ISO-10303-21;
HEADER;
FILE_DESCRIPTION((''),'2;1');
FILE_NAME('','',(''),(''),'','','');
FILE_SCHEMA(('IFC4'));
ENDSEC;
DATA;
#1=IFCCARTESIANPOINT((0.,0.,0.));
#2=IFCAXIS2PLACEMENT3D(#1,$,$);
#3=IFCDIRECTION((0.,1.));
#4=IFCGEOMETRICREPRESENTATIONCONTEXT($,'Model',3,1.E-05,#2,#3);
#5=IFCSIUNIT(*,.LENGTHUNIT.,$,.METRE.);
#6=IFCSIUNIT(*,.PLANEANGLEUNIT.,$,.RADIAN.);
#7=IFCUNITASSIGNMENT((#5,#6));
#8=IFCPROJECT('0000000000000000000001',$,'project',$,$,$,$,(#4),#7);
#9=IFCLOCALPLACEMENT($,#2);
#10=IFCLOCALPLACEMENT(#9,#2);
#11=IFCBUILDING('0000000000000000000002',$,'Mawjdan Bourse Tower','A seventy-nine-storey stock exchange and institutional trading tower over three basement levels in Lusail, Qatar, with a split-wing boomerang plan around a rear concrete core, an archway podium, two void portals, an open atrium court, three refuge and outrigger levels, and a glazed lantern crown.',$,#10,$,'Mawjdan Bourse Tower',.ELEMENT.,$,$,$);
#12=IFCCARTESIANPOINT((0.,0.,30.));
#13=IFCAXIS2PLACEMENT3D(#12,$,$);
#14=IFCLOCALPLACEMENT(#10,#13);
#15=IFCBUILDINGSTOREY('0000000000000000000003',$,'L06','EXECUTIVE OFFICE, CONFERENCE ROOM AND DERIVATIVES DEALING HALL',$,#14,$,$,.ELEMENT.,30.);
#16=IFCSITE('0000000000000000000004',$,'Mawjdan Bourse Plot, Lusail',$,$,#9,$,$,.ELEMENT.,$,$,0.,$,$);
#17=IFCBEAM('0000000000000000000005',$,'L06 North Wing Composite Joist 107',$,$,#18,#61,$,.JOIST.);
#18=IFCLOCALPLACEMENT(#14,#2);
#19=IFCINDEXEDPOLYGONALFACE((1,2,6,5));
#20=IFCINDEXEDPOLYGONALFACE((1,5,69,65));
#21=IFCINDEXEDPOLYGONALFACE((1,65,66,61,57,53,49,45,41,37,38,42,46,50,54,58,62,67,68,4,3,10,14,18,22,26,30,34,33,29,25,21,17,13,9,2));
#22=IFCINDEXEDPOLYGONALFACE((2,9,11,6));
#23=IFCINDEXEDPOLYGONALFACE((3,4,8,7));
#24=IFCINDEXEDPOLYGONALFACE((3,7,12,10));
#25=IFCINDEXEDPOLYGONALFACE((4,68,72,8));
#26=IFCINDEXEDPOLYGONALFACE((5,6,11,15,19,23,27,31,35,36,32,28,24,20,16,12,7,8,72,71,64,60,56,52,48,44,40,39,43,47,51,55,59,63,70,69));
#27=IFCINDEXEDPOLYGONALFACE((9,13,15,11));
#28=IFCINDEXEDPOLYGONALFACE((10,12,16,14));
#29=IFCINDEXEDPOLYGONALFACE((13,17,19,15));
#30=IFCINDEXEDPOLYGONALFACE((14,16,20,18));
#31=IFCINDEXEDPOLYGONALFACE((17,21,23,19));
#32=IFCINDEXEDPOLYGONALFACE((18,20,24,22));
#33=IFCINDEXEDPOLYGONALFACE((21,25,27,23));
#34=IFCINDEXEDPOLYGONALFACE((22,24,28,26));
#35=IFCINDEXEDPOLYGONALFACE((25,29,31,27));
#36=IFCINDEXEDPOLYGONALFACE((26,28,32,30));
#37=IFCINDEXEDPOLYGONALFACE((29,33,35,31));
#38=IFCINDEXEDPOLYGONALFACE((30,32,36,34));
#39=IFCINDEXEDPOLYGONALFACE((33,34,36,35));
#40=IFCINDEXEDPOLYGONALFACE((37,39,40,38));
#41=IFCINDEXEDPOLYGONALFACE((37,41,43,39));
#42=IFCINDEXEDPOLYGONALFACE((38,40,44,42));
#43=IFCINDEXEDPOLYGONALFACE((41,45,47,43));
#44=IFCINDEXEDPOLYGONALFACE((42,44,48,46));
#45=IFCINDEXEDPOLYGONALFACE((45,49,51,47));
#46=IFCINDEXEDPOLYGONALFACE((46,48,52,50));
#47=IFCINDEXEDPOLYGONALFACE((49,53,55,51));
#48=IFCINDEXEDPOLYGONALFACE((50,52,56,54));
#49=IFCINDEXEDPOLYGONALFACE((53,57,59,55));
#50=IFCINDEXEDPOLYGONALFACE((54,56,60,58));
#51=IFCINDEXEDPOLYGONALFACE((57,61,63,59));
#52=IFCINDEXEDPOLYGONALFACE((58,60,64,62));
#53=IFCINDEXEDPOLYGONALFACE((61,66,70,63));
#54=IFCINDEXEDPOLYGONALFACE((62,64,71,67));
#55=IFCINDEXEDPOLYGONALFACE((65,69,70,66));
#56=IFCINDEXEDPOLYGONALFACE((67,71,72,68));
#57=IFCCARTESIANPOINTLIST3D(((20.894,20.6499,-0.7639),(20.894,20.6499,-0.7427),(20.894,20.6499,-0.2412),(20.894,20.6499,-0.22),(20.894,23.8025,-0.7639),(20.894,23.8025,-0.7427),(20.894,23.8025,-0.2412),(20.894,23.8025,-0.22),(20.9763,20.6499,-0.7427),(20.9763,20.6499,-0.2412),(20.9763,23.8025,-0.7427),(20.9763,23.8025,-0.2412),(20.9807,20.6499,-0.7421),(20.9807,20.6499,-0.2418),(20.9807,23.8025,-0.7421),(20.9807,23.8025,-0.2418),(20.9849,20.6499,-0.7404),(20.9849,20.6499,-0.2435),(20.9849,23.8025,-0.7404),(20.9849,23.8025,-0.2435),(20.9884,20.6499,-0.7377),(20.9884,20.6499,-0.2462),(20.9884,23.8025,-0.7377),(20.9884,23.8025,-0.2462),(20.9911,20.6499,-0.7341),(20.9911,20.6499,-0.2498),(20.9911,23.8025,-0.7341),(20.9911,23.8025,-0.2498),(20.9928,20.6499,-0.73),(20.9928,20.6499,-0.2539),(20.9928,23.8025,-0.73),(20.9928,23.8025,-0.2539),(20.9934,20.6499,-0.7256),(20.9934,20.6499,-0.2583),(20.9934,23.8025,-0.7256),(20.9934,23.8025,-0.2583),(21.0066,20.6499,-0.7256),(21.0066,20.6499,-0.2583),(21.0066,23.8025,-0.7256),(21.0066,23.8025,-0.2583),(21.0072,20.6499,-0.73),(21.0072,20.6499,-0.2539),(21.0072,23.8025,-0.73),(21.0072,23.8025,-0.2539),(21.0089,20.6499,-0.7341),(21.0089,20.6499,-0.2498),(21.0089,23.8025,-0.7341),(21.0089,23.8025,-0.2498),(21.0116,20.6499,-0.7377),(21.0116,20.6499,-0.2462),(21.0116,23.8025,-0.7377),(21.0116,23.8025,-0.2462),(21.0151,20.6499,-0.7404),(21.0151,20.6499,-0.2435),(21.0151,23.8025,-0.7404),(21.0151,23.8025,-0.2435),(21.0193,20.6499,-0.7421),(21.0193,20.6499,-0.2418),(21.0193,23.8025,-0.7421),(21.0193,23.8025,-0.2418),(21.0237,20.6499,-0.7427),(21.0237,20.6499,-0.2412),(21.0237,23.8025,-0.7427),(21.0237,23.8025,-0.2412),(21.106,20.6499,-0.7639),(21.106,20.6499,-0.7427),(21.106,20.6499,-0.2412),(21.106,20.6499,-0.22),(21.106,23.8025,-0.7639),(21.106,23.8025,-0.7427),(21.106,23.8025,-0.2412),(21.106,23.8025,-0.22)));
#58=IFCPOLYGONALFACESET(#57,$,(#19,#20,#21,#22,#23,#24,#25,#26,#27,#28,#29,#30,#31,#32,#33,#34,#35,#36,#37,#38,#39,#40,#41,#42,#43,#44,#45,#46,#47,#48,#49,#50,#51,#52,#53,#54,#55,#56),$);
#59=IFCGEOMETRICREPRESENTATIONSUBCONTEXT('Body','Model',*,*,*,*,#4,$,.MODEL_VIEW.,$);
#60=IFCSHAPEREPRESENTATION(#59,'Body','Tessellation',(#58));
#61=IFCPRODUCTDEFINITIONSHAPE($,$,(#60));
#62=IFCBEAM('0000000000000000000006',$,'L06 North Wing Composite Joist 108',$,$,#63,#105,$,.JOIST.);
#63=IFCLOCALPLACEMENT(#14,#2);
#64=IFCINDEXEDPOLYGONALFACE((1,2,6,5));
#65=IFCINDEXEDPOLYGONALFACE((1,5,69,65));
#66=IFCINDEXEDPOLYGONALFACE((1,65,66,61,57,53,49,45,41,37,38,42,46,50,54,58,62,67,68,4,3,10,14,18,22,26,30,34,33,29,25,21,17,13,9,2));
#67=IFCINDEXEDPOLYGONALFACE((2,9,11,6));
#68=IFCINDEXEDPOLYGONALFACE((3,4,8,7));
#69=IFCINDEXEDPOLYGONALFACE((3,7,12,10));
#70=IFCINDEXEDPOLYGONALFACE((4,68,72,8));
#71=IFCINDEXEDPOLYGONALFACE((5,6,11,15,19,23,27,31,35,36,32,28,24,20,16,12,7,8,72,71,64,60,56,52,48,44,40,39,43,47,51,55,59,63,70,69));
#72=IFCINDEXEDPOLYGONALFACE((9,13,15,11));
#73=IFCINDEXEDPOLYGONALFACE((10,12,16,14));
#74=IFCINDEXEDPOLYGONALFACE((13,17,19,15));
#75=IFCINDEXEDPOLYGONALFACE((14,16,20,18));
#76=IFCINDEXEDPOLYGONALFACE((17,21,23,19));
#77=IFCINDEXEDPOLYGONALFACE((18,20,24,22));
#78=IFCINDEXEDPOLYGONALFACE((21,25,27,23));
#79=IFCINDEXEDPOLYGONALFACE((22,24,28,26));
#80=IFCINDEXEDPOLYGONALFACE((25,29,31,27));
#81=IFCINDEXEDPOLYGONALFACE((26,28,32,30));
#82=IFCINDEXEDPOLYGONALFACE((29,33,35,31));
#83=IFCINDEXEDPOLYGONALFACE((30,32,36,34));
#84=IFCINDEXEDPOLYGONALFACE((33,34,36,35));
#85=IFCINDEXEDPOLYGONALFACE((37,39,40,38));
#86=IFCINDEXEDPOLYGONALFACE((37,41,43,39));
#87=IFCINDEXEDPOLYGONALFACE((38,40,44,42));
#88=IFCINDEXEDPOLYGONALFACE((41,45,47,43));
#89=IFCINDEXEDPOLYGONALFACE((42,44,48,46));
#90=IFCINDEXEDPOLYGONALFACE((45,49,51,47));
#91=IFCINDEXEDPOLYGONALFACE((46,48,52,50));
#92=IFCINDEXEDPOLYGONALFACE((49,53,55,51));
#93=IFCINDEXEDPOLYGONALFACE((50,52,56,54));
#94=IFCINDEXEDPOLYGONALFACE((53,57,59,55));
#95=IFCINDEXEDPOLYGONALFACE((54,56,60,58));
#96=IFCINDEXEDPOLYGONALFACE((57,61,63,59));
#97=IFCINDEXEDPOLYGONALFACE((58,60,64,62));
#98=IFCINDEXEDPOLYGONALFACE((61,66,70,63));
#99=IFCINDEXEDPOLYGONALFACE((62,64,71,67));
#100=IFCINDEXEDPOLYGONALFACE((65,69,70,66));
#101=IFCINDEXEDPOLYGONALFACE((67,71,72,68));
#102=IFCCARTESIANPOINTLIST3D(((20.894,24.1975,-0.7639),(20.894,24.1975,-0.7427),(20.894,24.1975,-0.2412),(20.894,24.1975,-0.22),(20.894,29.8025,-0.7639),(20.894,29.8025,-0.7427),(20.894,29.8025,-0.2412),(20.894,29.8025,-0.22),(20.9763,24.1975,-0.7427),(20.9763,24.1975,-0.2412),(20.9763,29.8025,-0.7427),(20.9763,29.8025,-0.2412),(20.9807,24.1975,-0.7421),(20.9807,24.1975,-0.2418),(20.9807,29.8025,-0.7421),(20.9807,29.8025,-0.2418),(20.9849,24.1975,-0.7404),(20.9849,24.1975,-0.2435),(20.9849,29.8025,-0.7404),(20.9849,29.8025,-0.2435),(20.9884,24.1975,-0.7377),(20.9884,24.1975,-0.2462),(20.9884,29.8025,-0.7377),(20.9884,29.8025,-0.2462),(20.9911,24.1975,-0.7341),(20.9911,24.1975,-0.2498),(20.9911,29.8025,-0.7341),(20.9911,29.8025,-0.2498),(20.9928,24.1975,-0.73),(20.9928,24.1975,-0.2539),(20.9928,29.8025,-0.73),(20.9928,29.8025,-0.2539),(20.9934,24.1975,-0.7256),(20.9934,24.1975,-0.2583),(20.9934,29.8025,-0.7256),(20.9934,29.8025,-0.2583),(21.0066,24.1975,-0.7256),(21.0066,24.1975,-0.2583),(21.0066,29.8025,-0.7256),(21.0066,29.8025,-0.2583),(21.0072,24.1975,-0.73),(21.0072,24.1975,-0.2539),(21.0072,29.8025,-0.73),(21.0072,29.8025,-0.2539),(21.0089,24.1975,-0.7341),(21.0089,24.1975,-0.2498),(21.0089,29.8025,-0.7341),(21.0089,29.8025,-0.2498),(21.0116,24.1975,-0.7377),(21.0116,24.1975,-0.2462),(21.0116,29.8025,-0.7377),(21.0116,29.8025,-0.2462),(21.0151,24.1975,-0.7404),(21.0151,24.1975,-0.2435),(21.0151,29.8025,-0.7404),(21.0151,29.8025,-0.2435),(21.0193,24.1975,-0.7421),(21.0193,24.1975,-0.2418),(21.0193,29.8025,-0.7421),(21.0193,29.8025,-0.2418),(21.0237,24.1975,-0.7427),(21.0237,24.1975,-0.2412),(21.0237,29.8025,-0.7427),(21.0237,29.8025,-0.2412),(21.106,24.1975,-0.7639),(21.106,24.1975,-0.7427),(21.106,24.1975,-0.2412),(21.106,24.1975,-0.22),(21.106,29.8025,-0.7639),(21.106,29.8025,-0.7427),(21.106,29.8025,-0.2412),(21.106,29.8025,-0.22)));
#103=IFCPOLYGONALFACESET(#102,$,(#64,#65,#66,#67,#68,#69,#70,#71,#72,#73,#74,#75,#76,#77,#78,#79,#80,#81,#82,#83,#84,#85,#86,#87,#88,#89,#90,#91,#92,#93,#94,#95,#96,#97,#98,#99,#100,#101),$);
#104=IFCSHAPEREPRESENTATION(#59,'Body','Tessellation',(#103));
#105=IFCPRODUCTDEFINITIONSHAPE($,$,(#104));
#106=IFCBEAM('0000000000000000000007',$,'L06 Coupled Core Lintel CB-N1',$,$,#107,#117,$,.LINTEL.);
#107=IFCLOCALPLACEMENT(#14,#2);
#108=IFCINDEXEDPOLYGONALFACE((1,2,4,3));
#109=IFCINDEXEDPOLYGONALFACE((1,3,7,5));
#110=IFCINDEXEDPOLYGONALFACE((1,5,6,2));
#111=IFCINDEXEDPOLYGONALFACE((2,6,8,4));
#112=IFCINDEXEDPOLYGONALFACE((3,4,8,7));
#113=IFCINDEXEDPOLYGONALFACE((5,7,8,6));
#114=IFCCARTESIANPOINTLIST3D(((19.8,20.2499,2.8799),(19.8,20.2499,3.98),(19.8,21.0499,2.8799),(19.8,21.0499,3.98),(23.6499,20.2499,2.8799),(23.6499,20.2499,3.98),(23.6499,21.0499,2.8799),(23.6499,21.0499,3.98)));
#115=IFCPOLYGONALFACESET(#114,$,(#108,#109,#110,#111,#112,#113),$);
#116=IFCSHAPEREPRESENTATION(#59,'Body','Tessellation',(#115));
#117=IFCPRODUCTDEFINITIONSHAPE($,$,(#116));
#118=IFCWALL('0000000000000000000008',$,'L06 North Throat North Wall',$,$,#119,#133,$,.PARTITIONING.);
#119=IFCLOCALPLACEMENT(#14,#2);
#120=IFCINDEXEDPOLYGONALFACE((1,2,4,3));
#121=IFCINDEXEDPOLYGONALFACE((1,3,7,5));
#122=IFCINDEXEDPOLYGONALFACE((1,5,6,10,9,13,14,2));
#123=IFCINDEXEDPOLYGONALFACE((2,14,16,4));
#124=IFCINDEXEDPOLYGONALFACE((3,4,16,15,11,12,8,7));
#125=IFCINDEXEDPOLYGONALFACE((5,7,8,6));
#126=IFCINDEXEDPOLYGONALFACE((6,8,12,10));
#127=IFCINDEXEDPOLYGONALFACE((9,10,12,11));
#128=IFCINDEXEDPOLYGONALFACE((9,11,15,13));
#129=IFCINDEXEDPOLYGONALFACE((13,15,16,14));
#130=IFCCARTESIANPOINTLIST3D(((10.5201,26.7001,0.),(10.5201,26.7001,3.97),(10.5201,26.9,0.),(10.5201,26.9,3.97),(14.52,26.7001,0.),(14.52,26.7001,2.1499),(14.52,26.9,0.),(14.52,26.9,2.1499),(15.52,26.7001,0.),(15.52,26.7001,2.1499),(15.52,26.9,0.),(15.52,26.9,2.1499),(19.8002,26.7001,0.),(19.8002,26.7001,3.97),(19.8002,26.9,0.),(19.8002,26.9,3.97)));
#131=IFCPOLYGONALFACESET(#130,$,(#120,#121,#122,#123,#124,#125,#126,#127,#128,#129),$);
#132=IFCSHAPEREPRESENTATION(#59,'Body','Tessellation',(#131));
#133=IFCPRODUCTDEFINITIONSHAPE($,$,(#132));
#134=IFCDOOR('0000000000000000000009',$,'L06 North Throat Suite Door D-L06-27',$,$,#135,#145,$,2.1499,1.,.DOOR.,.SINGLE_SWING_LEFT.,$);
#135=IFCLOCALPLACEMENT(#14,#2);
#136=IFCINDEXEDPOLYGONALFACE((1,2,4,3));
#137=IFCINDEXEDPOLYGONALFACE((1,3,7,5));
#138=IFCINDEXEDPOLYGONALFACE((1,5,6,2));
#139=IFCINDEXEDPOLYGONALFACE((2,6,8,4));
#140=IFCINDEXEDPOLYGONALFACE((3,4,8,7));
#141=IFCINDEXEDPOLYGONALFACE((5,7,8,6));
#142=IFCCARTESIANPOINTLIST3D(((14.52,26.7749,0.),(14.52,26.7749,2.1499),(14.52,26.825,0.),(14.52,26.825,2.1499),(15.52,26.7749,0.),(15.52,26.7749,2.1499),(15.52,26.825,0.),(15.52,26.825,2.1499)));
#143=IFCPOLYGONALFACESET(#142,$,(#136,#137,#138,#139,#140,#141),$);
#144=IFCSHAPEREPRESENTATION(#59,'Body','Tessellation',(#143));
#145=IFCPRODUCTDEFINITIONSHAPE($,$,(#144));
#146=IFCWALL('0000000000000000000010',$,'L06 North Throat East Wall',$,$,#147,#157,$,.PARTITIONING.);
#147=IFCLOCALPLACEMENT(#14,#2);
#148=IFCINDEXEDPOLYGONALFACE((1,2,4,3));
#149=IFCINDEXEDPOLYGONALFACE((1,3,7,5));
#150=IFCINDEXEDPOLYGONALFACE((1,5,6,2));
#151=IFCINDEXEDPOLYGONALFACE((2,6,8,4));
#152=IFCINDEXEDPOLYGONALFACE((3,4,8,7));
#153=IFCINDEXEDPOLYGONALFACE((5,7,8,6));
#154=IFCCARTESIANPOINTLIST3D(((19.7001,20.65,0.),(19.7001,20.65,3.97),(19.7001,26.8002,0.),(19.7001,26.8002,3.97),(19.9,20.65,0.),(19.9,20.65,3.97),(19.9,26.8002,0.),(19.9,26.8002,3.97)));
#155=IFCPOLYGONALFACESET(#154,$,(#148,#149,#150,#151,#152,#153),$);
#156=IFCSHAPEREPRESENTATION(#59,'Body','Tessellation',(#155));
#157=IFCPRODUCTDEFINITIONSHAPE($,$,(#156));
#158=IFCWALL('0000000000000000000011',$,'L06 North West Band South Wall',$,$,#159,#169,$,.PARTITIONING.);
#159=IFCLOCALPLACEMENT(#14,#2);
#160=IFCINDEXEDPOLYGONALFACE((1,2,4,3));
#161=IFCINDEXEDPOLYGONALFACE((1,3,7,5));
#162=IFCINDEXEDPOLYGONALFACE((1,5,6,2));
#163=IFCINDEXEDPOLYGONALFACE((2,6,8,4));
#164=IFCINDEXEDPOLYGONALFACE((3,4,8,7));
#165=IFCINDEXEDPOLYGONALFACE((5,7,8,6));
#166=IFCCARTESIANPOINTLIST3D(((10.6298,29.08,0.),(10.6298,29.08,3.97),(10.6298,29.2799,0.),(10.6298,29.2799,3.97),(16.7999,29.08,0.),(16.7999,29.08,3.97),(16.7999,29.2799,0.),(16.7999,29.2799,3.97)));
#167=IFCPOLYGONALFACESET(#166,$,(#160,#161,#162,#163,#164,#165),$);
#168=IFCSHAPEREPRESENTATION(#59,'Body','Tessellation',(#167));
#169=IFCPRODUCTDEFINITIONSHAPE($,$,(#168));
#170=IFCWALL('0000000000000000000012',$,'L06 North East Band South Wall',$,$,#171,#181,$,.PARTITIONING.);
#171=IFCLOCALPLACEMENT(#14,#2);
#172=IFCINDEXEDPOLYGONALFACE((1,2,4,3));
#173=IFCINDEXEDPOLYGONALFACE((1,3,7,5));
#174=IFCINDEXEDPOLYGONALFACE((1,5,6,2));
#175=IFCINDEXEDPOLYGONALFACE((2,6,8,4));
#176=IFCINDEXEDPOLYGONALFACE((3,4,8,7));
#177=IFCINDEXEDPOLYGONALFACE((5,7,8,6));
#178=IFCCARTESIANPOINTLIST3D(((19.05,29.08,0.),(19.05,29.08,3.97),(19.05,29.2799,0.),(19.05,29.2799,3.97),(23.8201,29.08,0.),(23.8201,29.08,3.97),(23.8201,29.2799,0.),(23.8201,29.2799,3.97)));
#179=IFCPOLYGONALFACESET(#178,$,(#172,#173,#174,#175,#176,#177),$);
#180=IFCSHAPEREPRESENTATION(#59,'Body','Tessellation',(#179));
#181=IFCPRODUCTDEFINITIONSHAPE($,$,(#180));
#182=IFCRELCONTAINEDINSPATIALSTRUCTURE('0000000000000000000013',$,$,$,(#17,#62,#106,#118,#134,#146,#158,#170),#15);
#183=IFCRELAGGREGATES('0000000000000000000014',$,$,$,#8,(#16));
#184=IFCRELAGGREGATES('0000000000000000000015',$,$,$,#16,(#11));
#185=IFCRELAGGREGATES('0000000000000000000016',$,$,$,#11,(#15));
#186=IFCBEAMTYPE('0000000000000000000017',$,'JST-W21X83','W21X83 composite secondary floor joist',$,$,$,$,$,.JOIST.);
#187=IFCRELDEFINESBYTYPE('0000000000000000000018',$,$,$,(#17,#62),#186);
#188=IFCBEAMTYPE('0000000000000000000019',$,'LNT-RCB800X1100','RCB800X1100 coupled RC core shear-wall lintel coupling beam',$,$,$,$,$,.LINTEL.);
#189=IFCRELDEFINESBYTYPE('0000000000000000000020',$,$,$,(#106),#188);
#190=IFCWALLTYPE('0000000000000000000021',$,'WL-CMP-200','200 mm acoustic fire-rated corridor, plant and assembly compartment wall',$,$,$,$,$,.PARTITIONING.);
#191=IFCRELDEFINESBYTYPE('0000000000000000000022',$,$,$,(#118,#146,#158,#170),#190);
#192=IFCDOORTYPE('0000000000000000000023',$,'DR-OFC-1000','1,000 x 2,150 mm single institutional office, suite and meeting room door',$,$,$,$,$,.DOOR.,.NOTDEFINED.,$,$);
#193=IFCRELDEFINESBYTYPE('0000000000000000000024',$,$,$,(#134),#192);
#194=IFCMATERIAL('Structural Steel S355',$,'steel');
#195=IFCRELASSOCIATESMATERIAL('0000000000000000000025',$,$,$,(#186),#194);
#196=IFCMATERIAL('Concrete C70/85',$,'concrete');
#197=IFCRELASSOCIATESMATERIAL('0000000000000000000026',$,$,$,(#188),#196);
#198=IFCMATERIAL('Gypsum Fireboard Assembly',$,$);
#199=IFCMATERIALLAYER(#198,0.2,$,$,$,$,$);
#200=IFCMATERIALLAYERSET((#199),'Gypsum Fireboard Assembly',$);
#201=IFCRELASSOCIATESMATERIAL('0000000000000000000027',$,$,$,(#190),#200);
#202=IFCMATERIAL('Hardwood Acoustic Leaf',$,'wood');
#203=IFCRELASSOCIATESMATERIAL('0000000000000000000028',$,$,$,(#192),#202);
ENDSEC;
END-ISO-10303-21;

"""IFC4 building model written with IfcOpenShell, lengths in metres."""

from ifc_helpers import new_model, si_unit, direction, frame, frame_2d, origin, origin_2d, place, context, subcontext, project, spatial, rectangle, i_section, extrude, material, layer, layer_set, material_profile, profile_set, type_object, element, fill, save


model = new_model("IFC4")

# Units and contexts
model_context = context("Model", 3, precision=1e-05, world=origin(), true_north=direction((0.0, 1.0)))
body_context = subcontext(model_context, "Body", "Model", "MODEL_VIEW")
ifc_project = project(units=[si_unit("LENGTHUNIT", "METRE"), si_unit("PLANEANGLEUNIT", "RADIAN")], contexts=[model_context])

# Site, building, storey
site_placement = place(None, origin())
site = spatial("IfcSite", under=ifc_project, at=site_placement, Name="Mawjdan Bourse Plot, Lusail", CompositionType="ELEMENT", RefElevation=0.0)
building_placement = place(site_placement, origin())
building = spatial("IfcBuilding", under=site, at=building_placement, Name="Mawjdan Bourse Tower", Description="A seventy-nine-storey stock exchange and institutional trading tower over three basement levels in Lusail, Qatar, with a split-wing boomerang plan around a rear concrete core, an archway podium, two void portals, an open atrium court, three refuge and outrigger levels, and a glazed lantern crown.", LongName="Mawjdan Bourse Tower", CompositionType="ELEMENT")
storey_placement = place(building_placement, frame((0.0, 0.0, 30.0)))
storey = spatial("IfcBuildingStorey", under=building, at=storey_placement, Name="L06", Description="EXECUTIVE OFFICE, CONFERENCE ROOM AND DERIVATIVES DEALING HALL", CompositionType="ELEMENT", Elevation=30.0)

# Beams
ifc_material_1 = material(Name="Structural Steel S355", Category="steel")
ifc_material_profile_1 = material_profile(ifc_material_1, i_section(OverallWidth=0.2119, OverallDepth=0.5439, WebThickness=0.0132, FlangeThickness=0.0212, FilletRadius=0.0171, at=origin_2d()), Name="W21X83")
ifc_profile_set_1 = profile_set([ifc_material_profile_1], Name="Structural Steel S355")
beam_type_1 = type_object("IfcBeamType", Name="JST-W21X83", Description="W21X83 composite secondary floor joist", PredefinedType="JOIST", material=ifc_profile_set_1)
beam_1_placement = place(storey_placement, frame((21.0, 20.6499, -0.4919), z_axis=(0.0, 1.0, 0.0), x_axis=(-1.0, 0.0, 0.0)))
element("IfcBeam", 1, at=beam_1_placement, inside=storey, type_object=beam_type_1, Name="L06 North Wing Composite Joist 107", PredefinedType="JOIST", context=body_context, shape_type="SweptSolid", body=[
    extrude(i_section(OverallWidth=0.2119, OverallDepth=0.5439, WebThickness=0.0132, FlangeThickness=0.0212, FilletRadius=0.0171, at=origin_2d()), origin(), (0.0, 0.0, 1.0), 3.1526),
])
beam_2_placement = place(storey_placement, frame((21.0, 24.1975, -0.4919), z_axis=(0.0, 1.0, 0.0), x_axis=(-1.0, 0.0, 0.0)))
element("IfcBeam", 2, at=beam_2_placement, inside=storey, type_object=beam_type_1, Name="L06 North Wing Composite Joist 108", PredefinedType="JOIST", context=body_context, shape_type="SweptSolid", body=[
    extrude(i_section(OverallWidth=0.2119, OverallDepth=0.5439, WebThickness=0.0132, FlangeThickness=0.0212, FilletRadius=0.0171, at=origin_2d()), origin(), (0.0, 0.0, 1.0), 5.605),
])
ifc_material_2 = material(Name="Concrete C70/85", Category="concrete")
ifc_material_profile_2 = material_profile(ifc_material_2, rectangle(XDim=0.8, YDim=1.1001, at=origin_2d()), Name="RCB800X1100")
ifc_profile_set_2 = profile_set([ifc_material_profile_2], Name="Concrete C70/85")
beam_type_2 = type_object("IfcBeamType", Name="LNT-RCB800X1100", Description="RCB800X1100 coupled RC core shear-wall lintel coupling beam", PredefinedType="LINTEL", material=ifc_profile_set_2)
beam_3_placement = place(storey_placement, frame((19.8, 20.6499, 3.4299), z_axis=(1.0, 0.0, 0.0), x_axis=(0.0, 1.0, 0.0)))
element("IfcBeam", 3, at=beam_3_placement, inside=storey, type_object=beam_type_2, Name="L06 Coupled Core Lintel CB-N1", PredefinedType="LINTEL", context=body_context, shape_type="SweptSolid", body=[
    extrude(rectangle(XDim=0.8, YDim=1.1001, at=origin_2d()), origin(), (0.0, 0.0, 1.0), 3.8499),
])

# Wall, opening, door
ifc_material_3 = material(Name="Gypsum Fireboard Assembly")
ifc_layer = layer(ifc_material_3, 0.2)
ifc_layer_set = layer_set([ifc_layer], Name="Gypsum Fireboard Assembly")
wall_type = type_object("IfcWallType", Name="WL-CMP-200", Description="200 mm acoustic fire-rated corridor, plant and assembly compartment wall", PredefinedType="PARTITIONING", material=ifc_layer_set)
wall_1_placement = place(storey_placement, frame((10.52, 26.8, 0.0), z_axis=(0.0, 0.0, 1.0), x_axis=(1.0, 0.0, 0.0)))
wall_1 = element("IfcWall", 4, at=wall_1_placement, inside=storey, type_object=wall_type, Name="L06 North Throat North Wall", PredefinedType="PARTITIONING", context=body_context, shape_type="SweptSolid", body=[
    extrude(rectangle(XDim=9.28, YDim=0.2, at=frame_2d((4.6401, 0.0))), origin(), (0.0, 0.0, 1.0), 3.97),
])
opening_1_placement = place(wall_1_placement, frame((4.0, 0.0, 0.0)))
opening_1 = element("IfcOpeningElement", 5, at=opening_1_placement, cuts=wall_1, PredefinedType="OPENING", context=body_context, shape_type="SweptSolid", body=[
    extrude(rectangle(XDim=1.0, YDim=2.1499, at=frame_2d((0.5, 1.075))), frame((0.0, 0.1099, 0.0), z_axis=(0.0, -1.0, 0.0), x_axis=(1.0, 0.0, 0.0)), (0.0, 0.0, 1.0), 0.22),
])
ifc_material_4 = material(Name="Hardwood Acoustic Leaf", Category="wood")
door_type_1 = type_object("IfcDoorType", Name="DR-OFC-1000", Description="1,000 x 2,150 mm single institutional office, suite and meeting room door", OperationType="NOTDEFINED", PredefinedType="DOOR", material=ifc_material_4)
door_1_placement = place(opening_1_placement, origin())
door_1 = element("IfcDoor", 6, at=door_1_placement, inside=storey, type_object=door_type_1, Name="L06 North Throat Suite Door D-L06-27", OperationType="SINGLE_SWING_LEFT", OverallHeight=2.1499, OverallWidth=1.0, PredefinedType="DOOR", context=body_context, shape_type="SweptSolid", body=[
    extrude(rectangle(XDim=1.0, YDim=2.1499, at=frame_2d((0.5, 1.075))), frame((0.0, 0.0249, 0.0), z_axis=(0.0, -1.0, 0.0), x_axis=(1.0, 0.0, 0.0)), (0.0, 0.0, 1.0), 0.05),
])
fill(opening_1, door_1)

# Walls
wall_2_placement = place(storey_placement, frame((19.8, 20.6499, 0.0), z_axis=(0.0, 0.0, 1.0), x_axis=(0.0, 1.0, 0.0)))
element("IfcWall", 7, at=wall_2_placement, inside=storey, type_object=wall_type, Name="L06 North Throat East Wall", PredefinedType="PARTITIONING", context=body_context, shape_type="SweptSolid", body=[
    extrude(rectangle(XDim=6.1501, YDim=0.2, at=frame_2d((3.0752, 0.0))), origin(), (0.0, 0.0, 1.0), 3.97),
])
wall_3_placement = place(storey_placement, frame((10.6299, 29.1799, 0.0), z_axis=(0.0, 0.0, 1.0), x_axis=(1.0, 0.0, 0.0)))
element("IfcWall", 8, at=wall_3_placement, inside=storey, type_object=wall_type, Name="L06 North West Band South Wall", PredefinedType="PARTITIONING", context=body_context, shape_type="SweptSolid", body=[
    extrude(rectangle(XDim=6.1702, YDim=0.2, at=frame_2d((3.085, 0.0))), origin(), (0.0, 0.0, 1.0), 3.97),
])
wall_4_placement = place(storey_placement, frame((19.05, 29.1799, 0.0), z_axis=(0.0, 0.0, 1.0), x_axis=(1.0, 0.0, 0.0)))
element("IfcWall", 9, at=wall_4_placement, inside=storey, type_object=wall_type, Name="L06 North East Band South Wall", PredefinedType="PARTITIONING", context=body_context, shape_type="SweptSolid", body=[
    extrude(rectangle(XDim=4.77, YDim=0.2, at=frame_2d((2.385, 0.0))), origin(), (0.0, 0.0, 1.0), 3.97),
])

save(model, "model.ifc")
